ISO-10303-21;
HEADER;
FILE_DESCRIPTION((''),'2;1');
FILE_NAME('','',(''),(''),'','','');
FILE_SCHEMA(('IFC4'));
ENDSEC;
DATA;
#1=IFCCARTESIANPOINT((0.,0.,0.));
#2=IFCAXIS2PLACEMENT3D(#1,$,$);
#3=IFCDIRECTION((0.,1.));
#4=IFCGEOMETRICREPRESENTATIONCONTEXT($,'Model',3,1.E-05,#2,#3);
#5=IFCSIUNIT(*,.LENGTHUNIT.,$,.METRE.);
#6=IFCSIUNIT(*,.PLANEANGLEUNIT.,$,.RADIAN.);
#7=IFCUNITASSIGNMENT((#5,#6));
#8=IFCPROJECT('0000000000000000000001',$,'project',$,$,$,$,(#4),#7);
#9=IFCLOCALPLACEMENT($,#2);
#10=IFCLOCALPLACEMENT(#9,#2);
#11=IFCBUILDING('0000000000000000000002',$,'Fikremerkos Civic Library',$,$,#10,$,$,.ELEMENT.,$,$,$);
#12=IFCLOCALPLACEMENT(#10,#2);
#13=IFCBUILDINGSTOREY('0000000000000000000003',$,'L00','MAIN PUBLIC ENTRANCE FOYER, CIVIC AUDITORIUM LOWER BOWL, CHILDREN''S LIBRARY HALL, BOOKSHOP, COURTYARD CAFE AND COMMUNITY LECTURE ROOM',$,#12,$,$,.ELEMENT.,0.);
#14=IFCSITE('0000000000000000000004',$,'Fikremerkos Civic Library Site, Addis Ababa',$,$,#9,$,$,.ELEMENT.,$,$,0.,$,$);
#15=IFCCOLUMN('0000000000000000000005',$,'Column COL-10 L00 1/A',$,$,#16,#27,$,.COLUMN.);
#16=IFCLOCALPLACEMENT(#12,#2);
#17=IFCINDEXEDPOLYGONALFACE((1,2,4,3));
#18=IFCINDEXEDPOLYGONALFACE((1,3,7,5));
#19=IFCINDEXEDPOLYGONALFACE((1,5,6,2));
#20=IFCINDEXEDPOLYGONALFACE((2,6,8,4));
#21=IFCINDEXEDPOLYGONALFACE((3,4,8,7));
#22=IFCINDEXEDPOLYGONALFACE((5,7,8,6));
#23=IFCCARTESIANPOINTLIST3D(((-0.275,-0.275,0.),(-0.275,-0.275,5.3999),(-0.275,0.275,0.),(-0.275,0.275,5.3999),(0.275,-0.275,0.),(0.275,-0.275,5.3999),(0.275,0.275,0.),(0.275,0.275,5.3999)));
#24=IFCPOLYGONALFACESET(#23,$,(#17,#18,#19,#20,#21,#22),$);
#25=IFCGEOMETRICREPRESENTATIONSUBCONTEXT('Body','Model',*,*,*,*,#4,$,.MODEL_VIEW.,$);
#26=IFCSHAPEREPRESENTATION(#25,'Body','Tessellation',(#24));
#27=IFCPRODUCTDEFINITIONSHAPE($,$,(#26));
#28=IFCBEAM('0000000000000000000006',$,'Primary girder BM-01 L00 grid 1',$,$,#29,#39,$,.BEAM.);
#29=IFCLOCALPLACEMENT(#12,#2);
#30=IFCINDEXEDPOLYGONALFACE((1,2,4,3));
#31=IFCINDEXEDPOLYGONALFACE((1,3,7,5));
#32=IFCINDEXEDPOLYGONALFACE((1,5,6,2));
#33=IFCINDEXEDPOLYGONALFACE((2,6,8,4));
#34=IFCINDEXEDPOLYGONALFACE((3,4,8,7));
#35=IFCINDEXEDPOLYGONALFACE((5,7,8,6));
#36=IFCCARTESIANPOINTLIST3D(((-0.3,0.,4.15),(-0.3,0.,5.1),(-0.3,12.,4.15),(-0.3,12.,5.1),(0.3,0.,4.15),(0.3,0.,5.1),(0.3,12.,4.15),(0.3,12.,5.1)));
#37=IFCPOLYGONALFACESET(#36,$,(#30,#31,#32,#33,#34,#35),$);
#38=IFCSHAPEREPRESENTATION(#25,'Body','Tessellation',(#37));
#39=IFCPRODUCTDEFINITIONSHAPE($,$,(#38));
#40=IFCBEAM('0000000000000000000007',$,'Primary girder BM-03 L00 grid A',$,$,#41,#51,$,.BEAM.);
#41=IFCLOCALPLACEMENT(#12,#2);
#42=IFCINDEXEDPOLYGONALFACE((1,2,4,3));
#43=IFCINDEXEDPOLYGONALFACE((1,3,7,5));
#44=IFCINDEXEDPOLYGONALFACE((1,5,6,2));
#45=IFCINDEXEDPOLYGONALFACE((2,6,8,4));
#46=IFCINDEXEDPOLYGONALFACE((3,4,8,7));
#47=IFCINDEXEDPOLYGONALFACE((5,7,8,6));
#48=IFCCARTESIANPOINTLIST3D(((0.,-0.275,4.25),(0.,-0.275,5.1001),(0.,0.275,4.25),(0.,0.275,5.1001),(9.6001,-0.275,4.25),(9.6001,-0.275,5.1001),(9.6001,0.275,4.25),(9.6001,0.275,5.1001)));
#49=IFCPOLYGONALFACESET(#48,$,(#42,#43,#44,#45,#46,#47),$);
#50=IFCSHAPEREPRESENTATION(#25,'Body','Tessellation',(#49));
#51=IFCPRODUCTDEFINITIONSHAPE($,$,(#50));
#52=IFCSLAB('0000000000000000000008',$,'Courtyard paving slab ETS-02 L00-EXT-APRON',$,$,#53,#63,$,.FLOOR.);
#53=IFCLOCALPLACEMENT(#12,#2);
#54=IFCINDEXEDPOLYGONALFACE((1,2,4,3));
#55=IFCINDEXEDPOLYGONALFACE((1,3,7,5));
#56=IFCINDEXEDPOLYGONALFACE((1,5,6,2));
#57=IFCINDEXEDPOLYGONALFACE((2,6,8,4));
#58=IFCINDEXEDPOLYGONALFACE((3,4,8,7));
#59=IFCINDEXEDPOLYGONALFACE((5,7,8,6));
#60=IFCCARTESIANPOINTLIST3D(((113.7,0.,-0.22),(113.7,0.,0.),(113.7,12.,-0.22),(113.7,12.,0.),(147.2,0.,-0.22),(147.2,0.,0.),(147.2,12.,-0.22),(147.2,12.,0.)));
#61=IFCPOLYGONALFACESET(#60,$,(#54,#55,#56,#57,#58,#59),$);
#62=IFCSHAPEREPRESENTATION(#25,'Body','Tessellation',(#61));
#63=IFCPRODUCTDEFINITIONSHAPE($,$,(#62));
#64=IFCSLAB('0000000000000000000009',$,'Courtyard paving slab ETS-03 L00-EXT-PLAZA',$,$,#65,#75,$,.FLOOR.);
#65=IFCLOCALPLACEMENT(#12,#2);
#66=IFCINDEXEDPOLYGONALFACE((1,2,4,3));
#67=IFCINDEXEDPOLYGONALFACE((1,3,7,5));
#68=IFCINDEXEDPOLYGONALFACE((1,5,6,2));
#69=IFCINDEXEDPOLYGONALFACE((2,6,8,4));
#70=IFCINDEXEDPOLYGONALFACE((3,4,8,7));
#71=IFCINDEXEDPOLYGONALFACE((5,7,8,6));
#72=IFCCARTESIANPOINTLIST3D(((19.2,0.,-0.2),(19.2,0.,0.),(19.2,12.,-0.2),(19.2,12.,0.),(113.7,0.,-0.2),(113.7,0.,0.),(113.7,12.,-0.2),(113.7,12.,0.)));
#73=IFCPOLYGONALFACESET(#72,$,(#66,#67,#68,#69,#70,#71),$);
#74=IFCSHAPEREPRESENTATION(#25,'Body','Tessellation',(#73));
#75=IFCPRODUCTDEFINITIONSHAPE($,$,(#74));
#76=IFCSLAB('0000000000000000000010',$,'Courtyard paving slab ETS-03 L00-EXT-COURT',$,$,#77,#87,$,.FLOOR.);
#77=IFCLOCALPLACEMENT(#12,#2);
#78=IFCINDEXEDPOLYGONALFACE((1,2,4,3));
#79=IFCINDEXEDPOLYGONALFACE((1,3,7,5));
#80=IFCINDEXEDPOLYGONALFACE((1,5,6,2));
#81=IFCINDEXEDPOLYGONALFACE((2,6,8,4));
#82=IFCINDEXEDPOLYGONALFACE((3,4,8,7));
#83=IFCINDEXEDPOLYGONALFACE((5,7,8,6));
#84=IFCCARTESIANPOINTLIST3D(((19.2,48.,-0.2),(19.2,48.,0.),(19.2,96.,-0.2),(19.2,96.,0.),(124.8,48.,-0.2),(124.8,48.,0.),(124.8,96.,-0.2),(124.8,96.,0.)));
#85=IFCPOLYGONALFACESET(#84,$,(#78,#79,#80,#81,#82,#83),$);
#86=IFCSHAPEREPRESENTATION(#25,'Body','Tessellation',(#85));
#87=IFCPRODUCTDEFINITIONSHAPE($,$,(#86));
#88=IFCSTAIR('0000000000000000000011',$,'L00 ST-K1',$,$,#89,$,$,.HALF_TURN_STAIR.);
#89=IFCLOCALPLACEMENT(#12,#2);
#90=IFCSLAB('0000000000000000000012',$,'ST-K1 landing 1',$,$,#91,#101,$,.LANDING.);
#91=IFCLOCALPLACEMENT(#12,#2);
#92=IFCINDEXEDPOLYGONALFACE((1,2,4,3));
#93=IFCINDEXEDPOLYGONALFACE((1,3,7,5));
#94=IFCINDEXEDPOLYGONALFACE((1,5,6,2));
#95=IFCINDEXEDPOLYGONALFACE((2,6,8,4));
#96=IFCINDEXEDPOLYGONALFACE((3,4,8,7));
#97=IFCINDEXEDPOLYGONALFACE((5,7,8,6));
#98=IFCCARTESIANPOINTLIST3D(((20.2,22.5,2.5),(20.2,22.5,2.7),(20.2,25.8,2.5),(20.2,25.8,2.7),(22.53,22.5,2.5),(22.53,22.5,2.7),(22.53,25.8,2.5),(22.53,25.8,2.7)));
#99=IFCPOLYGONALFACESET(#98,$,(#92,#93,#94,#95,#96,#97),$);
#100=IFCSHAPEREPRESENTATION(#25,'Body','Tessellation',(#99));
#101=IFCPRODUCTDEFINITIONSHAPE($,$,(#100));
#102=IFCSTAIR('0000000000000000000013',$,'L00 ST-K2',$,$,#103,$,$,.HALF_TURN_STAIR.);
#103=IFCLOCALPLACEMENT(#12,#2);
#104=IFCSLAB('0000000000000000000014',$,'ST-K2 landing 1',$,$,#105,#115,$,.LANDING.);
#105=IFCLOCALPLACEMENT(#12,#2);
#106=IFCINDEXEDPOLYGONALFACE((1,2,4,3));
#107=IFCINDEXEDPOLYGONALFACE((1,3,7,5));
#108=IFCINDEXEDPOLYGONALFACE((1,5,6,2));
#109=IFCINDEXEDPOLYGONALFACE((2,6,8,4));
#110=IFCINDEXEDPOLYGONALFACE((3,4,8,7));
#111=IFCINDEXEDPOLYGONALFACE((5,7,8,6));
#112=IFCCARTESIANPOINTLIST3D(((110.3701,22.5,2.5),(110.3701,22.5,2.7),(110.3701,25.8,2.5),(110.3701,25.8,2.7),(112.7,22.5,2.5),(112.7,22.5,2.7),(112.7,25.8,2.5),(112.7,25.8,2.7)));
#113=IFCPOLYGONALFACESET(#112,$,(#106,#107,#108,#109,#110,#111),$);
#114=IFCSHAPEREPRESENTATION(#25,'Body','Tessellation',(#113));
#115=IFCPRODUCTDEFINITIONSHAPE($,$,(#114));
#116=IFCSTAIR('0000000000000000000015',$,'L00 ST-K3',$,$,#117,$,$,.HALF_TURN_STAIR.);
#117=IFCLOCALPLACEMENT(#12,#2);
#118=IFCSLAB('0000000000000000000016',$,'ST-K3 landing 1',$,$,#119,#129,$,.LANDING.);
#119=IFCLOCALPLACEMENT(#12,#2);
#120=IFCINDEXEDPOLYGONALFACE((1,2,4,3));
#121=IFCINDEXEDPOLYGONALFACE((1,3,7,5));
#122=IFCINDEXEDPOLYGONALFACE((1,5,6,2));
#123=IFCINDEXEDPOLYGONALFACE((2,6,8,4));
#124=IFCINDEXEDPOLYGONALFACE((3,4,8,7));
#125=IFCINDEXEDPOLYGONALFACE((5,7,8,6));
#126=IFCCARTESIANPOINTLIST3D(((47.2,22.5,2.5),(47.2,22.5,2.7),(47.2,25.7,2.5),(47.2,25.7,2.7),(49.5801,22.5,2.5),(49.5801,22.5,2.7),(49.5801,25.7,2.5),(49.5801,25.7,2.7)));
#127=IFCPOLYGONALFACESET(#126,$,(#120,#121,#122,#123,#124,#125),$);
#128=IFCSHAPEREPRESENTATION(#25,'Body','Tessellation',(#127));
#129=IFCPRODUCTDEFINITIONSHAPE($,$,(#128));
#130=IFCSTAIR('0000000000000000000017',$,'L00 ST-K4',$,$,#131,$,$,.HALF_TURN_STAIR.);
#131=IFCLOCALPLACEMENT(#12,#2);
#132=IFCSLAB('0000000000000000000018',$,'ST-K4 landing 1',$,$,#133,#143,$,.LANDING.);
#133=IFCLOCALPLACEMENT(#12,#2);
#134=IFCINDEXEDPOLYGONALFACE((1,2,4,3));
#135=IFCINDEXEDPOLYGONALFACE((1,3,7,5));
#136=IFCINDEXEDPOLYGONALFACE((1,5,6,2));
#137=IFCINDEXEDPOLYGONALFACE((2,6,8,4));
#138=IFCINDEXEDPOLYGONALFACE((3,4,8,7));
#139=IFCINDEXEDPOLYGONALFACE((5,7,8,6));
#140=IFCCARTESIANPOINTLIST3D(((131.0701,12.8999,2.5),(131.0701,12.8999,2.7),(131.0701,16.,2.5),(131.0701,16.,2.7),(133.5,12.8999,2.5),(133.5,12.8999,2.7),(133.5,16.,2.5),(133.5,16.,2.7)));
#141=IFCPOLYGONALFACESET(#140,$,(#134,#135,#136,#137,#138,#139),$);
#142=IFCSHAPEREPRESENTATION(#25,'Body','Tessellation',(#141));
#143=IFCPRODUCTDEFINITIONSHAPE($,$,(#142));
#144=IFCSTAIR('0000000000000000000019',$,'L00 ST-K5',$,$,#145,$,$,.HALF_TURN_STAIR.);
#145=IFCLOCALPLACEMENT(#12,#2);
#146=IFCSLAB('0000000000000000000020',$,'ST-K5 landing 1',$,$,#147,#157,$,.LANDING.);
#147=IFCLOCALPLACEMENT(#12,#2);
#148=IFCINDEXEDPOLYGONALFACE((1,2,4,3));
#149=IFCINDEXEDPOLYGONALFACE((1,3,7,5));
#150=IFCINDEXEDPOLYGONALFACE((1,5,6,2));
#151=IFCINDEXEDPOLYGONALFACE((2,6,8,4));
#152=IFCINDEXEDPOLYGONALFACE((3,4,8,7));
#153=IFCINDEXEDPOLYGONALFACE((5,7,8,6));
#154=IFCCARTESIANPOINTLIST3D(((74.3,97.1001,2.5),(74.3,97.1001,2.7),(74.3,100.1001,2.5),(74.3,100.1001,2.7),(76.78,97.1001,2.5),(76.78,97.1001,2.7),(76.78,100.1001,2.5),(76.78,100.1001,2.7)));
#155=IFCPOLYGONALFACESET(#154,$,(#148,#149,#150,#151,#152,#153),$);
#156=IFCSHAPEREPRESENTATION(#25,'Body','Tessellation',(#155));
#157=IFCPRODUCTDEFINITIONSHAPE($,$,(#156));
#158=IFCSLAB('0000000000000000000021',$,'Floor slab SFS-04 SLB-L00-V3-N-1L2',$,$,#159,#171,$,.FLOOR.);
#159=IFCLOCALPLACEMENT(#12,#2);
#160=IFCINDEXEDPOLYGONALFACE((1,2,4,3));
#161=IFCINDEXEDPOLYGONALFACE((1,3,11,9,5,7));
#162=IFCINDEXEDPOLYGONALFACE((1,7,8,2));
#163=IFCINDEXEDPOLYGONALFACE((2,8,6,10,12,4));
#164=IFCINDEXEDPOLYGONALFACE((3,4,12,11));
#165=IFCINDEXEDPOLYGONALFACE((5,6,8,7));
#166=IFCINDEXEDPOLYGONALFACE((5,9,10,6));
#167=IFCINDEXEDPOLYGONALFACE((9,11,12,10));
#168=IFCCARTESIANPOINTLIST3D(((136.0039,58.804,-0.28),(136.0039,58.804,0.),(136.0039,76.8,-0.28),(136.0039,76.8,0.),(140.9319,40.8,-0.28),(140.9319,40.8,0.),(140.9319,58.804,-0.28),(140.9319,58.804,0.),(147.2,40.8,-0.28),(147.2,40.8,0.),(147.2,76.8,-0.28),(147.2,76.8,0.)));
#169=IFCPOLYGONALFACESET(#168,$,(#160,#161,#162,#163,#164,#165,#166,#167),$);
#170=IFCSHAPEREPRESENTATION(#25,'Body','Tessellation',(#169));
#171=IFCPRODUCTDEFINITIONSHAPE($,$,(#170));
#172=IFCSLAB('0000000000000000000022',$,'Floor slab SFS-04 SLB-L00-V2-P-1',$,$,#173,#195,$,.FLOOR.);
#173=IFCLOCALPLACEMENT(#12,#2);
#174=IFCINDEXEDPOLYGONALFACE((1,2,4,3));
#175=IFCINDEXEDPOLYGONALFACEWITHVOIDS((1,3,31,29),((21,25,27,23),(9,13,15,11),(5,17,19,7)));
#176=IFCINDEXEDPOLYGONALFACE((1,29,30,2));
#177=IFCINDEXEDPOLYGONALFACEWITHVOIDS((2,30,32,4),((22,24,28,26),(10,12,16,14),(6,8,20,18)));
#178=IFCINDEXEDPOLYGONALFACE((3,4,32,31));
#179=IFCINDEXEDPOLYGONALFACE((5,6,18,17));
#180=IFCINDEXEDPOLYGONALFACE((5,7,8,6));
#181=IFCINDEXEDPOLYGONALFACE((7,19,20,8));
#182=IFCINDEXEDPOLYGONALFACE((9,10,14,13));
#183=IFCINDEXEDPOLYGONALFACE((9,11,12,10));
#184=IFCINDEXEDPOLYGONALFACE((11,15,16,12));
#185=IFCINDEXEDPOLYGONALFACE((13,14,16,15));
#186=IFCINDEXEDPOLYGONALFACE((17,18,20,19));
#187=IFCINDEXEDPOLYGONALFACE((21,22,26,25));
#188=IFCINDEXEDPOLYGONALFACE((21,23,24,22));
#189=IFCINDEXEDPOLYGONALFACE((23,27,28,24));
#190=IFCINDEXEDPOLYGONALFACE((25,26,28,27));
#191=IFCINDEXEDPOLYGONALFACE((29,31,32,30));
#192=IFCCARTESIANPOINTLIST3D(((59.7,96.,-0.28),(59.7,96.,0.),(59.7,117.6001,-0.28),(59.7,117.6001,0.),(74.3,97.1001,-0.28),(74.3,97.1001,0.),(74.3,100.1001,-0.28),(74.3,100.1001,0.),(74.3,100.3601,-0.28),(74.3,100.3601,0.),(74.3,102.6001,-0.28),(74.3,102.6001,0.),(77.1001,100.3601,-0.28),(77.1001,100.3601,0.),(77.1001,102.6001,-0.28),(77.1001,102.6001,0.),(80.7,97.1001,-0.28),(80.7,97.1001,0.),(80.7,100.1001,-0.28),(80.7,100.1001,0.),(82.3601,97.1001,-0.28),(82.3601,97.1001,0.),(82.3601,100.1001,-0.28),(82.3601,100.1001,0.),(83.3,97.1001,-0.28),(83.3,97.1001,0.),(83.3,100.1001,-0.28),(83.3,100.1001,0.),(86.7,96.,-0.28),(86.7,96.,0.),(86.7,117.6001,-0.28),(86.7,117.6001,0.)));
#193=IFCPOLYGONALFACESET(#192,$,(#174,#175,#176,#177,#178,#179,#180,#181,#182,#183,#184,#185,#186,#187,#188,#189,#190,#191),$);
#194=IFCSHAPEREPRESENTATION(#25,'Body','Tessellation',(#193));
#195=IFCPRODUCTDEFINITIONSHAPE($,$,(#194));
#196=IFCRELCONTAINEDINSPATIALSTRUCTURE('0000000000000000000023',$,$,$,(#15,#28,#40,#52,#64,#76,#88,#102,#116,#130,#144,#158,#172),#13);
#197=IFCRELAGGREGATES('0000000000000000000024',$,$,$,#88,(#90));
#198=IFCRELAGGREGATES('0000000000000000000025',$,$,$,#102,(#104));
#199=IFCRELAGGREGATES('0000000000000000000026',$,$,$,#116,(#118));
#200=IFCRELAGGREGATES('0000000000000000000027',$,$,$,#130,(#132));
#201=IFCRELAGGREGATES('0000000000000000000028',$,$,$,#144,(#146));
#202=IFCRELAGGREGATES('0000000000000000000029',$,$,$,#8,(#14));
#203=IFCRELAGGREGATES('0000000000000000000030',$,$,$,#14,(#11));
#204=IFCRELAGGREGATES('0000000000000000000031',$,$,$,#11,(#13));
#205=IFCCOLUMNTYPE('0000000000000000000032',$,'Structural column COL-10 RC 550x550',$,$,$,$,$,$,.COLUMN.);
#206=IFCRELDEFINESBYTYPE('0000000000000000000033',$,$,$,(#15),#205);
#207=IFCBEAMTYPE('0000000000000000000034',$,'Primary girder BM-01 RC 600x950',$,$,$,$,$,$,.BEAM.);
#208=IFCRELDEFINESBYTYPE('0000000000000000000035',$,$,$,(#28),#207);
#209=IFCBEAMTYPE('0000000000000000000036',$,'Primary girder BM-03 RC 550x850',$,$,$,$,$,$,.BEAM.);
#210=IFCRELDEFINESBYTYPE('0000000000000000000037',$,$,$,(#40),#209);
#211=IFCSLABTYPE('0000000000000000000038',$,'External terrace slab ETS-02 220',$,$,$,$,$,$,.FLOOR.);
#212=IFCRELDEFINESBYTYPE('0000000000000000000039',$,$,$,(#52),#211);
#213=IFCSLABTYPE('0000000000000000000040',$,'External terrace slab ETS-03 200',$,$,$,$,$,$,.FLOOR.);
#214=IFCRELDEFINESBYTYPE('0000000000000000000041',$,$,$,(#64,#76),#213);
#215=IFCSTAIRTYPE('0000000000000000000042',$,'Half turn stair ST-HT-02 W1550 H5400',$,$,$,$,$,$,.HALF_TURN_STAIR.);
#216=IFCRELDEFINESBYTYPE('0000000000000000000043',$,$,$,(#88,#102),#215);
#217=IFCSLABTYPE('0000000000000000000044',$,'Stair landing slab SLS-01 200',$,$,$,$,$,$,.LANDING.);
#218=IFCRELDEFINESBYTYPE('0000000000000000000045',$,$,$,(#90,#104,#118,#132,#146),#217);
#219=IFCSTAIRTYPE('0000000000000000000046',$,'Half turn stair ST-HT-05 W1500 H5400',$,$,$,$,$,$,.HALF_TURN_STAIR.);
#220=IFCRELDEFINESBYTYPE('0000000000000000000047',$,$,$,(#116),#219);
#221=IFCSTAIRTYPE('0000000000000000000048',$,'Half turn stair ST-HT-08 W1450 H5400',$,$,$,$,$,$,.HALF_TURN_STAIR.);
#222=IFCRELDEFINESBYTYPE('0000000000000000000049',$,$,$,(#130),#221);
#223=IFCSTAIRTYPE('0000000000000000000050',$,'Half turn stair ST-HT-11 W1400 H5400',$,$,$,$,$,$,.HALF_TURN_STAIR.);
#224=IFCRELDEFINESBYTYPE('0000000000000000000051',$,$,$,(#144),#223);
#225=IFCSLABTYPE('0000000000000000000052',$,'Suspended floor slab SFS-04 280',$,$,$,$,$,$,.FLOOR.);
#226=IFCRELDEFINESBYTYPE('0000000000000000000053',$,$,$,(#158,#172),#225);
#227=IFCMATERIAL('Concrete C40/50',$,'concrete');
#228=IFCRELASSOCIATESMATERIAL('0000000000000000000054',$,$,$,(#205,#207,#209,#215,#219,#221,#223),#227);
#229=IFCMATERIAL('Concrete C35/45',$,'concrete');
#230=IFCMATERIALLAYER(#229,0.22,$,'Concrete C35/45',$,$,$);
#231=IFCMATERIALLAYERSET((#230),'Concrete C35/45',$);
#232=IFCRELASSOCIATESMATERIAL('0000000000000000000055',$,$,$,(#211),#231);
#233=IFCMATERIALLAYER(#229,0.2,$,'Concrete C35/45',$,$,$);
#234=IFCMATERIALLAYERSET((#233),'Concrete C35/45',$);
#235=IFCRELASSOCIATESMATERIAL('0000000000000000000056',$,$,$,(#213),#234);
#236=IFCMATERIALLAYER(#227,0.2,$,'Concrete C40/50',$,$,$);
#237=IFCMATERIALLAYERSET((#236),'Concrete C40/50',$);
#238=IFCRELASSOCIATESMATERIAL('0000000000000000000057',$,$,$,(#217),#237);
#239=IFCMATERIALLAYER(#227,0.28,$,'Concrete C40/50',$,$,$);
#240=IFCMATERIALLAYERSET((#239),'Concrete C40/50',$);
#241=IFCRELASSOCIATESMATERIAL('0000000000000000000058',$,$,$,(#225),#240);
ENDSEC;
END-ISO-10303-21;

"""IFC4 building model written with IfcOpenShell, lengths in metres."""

from ifc_helpers import new_model, si_unit, direction, frame, origin, origin_with_axes, origin_2d, place, context, subcontext, project, spatial, polyline, rectangle, outline, extrude, material, layer, layer_set, material_profile, profile_set, type_object, element, aggregate, save


model = new_model("IFC4")

# Units and contexts
model_context = context("Model", 3, precision=1e-05, world=origin(), true_north=direction((0.0, 1.0)))
body_context = subcontext(model_context, "Body", "Model", "MODEL_VIEW")
ifc_project = project(units=[si_unit("LENGTHUNIT", "METRE"), si_unit("PLANEANGLEUNIT", "RADIAN")], contexts=[model_context])

# Site, building, storey
site_placement = place(None, origin())
site = spatial("IfcSite", under=ifc_project, at=site_placement, Name="Fikremerkos Civic Library Site, Addis Ababa", CompositionType="ELEMENT", RefElevation=0.0)
building_placement = place(site_placement, origin())
building = spatial("IfcBuilding", under=site, at=building_placement, Name="Fikremerkos Civic Library", CompositionType="ELEMENT")
storey_placement = place(building_placement, origin())
storey = spatial("IfcBuildingStorey", under=building, at=storey_placement, Name="L00", Description="MAIN PUBLIC ENTRANCE FOYER, CIVIC AUDITORIUM LOWER BOWL, CHILDREN'S LIBRARY HALL, BOOKSHOP, COURTYARD CAFE AND COMMUNITY LECTURE ROOM", CompositionType="ELEMENT", Elevation=0.0)

# Column
ifc_material_1 = material(Name="Concrete C40/50", Category="concrete")
ifc_material_profile_1 = material_profile(ifc_material_1, rectangle(XDim=0.55, YDim=0.55, at=origin_2d()), Name="RC 550x550")
ifc_profile_set_1 = profile_set([ifc_material_profile_1], Name="Concrete C40/50")
column_type = type_object("IfcColumnType", Name="Structural column COL-10 RC 550x550", PredefinedType="COLUMN", material=ifc_profile_set_1)
column_placement = place(storey_placement, origin_with_axes())
element("IfcColumn", 1, at=column_placement, inside=storey, type_object=column_type, Name="Column COL-10 L00 1/A", PredefinedType="COLUMN", context=body_context, shape_type="SweptSolid", body=[
    extrude(rectangle(XDim=0.55, YDim=0.55, at=origin_2d()), origin(), (0.0, 0.0, 1.0), 5.3999),
])

# Beams
ifc_material_profile_2 = material_profile(ifc_material_1, rectangle(XDim=0.6001, YDim=0.95, at=origin_2d()), Name="RC 600x950")
ifc_profile_set_2 = profile_set([ifc_material_profile_2], Name="Concrete C40/50")
beam_type_1 = type_object("IfcBeamType", Name="Primary girder BM-01 RC 600x950", PredefinedType="BEAM", material=ifc_profile_set_2)
beam_1_placement = place(storey_placement, frame((0.0, 0.0, 4.625), z_axis=(0.0, 1.0, 0.0), x_axis=(-1.0, 0.0, 0.0)))
element("IfcBeam", 2, at=beam_1_placement, inside=storey, type_object=beam_type_1, Name="Primary girder BM-01 L00 grid 1", PredefinedType="BEAM", context=body_context, shape_type="SweptSolid", body=[
    extrude(rectangle(XDim=0.6001, YDim=0.95, at=origin_2d()), origin(), (0.0, 0.0, 1.0), 12.0),
])
ifc_material_profile_3 = material_profile(ifc_material_1, rectangle(XDim=0.55, YDim=0.8501, at=origin_2d()), Name="RC 550x850")
ifc_profile_set_3 = profile_set([ifc_material_profile_3], Name="Concrete C40/50")
beam_type_2 = type_object("IfcBeamType", Name="Primary girder BM-03 RC 550x850", PredefinedType="BEAM", material=ifc_profile_set_3)
beam_2_placement = place(storey_placement, frame((0.0, 0.0, 4.675), z_axis=(1.0, 0.0, 0.0), x_axis=(0.0, 1.0, 0.0)))
element("IfcBeam", 3, at=beam_2_placement, inside=storey, type_object=beam_type_2, Name="Primary girder BM-03 L00 grid A", PredefinedType="BEAM", context=body_context, shape_type="SweptSolid", body=[
    extrude(rectangle(XDim=0.55, YDim=0.8501, at=origin_2d()), origin(), (0.0, 0.0, 1.0), 9.6001),
])

# Slabs
ifc_material_2 = material(Name="Concrete C35/45", Category="concrete")
ifc_layer_1 = layer(ifc_material_2, 0.22, Name="Concrete C35/45")
ifc_layer_set_1 = layer_set([ifc_layer_1], Name="Concrete C35/45")
slab_type_1 = type_object("IfcSlabType", Name="External terrace slab ETS-02 220", PredefinedType="FLOOR", material=ifc_layer_set_1)
slab_1_placement = place(storey_placement, frame((0.0, 0.0, -0.22)))
element("IfcSlab", 4, at=slab_1_placement, inside=storey, type_object=slab_type_1, Name="Courtyard paving slab ETS-02 L00-EXT-APRON", PredefinedType="FLOOR", context=body_context, shape_type="SweptSolid", body=[
    extrude(outline(polyline([(113.7, 0.0), (147.2, 0.0), (147.2, 12.0), (113.7, 12.0), (113.7, 0.0)])), origin(), (0.0, 0.0, 1.0), 0.22),
])
ifc_layer_2 = layer(ifc_material_2, 0.2, Name="Concrete C35/45")
ifc_layer_set_2 = layer_set([ifc_layer_2], Name="Concrete C35/45")
slab_type_2 = type_object("IfcSlabType", Name="External terrace slab ETS-03 200", PredefinedType="FLOOR", material=ifc_layer_set_2)
slab_2_placement = place(storey_placement, frame((0.0, 0.0, -0.2)))
element("IfcSlab", 5, at=slab_2_placement, inside=storey, type_object=slab_type_2, Name="Courtyard paving slab ETS-03 L00-EXT-PLAZA", PredefinedType="FLOOR", context=body_context, shape_type="SweptSolid", body=[
    extrude(outline(polyline([(19.2, 0.0), (113.7, 0.0), (113.7, 12.0), (19.2, 12.0), (19.2, 0.0)])), origin(), (0.0, 0.0, 1.0), 0.2),
])
slab_3_placement = place(storey_placement, frame((0.0, 0.0, -0.2)))
element("IfcSlab", 6, at=slab_3_placement, inside=storey, type_object=slab_type_2, Name="Courtyard paving slab ETS-03 L00-EXT-COURT", PredefinedType="FLOOR", context=body_context, shape_type="SweptSolid", body=[
    extrude(outline(polyline([(19.2, 48.0), (124.8, 48.0), (124.8, 96.0), (19.2, 96.0), (19.2, 48.0)])), origin(), (0.0, 0.0, 1.0), 0.2),
])

# Stairs, slabs
stair_type_1 = type_object("IfcStairType", Name="Half turn stair ST-HT-02 W1550 H5400", PredefinedType="HALF_TURN_STAIR", material=ifc_material_1)
stair_1_placement = place(storey_placement, origin())
stair_1 = element("IfcStair", 7, at=stair_1_placement, inside=storey, type_object=stair_type_1, Name="L00 ST-K1", PredefinedType="HALF_TURN_STAIR")
ifc_layer_3 = layer(ifc_material_1, 0.2, Name="Concrete C40/50")
ifc_layer_set_3 = layer_set([ifc_layer_3], Name="Concrete C40/50")
slab_type_3 = type_object("IfcSlabType", Name="Stair landing slab SLS-01 200", PredefinedType="LANDING", material=ifc_layer_set_3)
slab_4_placement = place(storey_placement, frame((0.0, 0.0, 2.5)))
slab_4 = element("IfcSlab", 8, at=slab_4_placement, type_object=slab_type_3, Name="ST-K1 landing 1", PredefinedType="LANDING", context=body_context, shape_type="SweptSolid", body=[
    extrude(outline(polyline([(22.53, 25.8), (20.2, 25.8), (20.2, 22.5), (22.53, 22.5), (22.53, 25.8)])), origin(), (0.0, 0.0, 1.0), 0.2),
])
aggregate(stair_1, [slab_4])
stair_2_placement = place(storey_placement, origin())
stair_2 = element("IfcStair", 9, at=stair_2_placement, inside=storey, type_object=stair_type_1, Name="L00 ST-K2", PredefinedType="HALF_TURN_STAIR")
slab_5_placement = place(storey_placement, frame((0.0, 0.0, 2.5)))
slab_5 = element("IfcSlab", 10, at=slab_5_placement, type_object=slab_type_3, Name="ST-K2 landing 1", PredefinedType="LANDING", context=body_context, shape_type="SweptSolid", body=[
    extrude(outline(polyline([(110.3701, 22.5), (112.7, 22.5), (112.7, 25.8), (110.3701, 25.8), (110.3701, 22.5)])), origin(), (0.0, 0.0, 1.0), 0.2),
])
aggregate(stair_2, [slab_5])
stair_type_2 = type_object("IfcStairType", Name="Half turn stair ST-HT-05 W1500 H5400", PredefinedType="HALF_TURN_STAIR", material=ifc_material_1)
stair_3_placement = place(storey_placement, origin())
stair_3 = element("IfcStair", 11, at=stair_3_placement, inside=storey, type_object=stair_type_2, Name="L00 ST-K3", PredefinedType="HALF_TURN_STAIR")
slab_6_placement = place(storey_placement, frame((0.0, 0.0, 2.5)))
slab_6 = element("IfcSlab", 12, at=slab_6_placement, type_object=slab_type_3, Name="ST-K3 landing 1", PredefinedType="LANDING", context=body_context, shape_type="SweptSolid", body=[
    extrude(outline(polyline([(49.5801, 25.7), (47.2, 25.7), (47.2, 22.5), (49.5801, 22.5), (49.5801, 25.7)])), origin(), (0.0, 0.0, 1.0), 0.2),
])
aggregate(stair_3, [slab_6])
stair_type_3 = type_object("IfcStairType", Name="Half turn stair ST-HT-08 W1450 H5400", PredefinedType="HALF_TURN_STAIR", material=ifc_material_1)
stair_4_placement = place(storey_placement, origin())
stair_4 = element("IfcStair", 13, at=stair_4_placement, inside=storey, type_object=stair_type_3, Name="L00 ST-K4", PredefinedType="HALF_TURN_STAIR")
slab_7_placement = place(storey_placement, frame((0.0, 0.0, 2.5)))
slab_7 = element("IfcSlab", 14, at=slab_7_placement, type_object=slab_type_3, Name="ST-K4 landing 1", PredefinedType="LANDING", context=body_context, shape_type="SweptSolid", body=[
    extrude(outline(polyline([(131.0701, 12.8999), (133.5, 12.8999), (133.5, 16.0), (131.0701, 16.0), (131.0701, 12.8999)])), origin(), (0.0, 0.0, 1.0), 0.2),
])
aggregate(stair_4, [slab_7])
stair_type_4 = type_object("IfcStairType", Name="Half turn stair ST-HT-11 W1400 H5400", PredefinedType="HALF_TURN_STAIR", material=ifc_material_1)
stair_5_placement = place(storey_placement, origin())
stair_5 = element("IfcStair", 15, at=stair_5_placement, inside=storey, type_object=stair_type_4, Name="L00 ST-K5", PredefinedType="HALF_TURN_STAIR")
slab_8_placement = place(storey_placement, frame((0.0, 0.0, 2.5)))
slab_8 = element("IfcSlab", 16, at=slab_8_placement, type_object=slab_type_3, Name="ST-K5 landing 1", PredefinedType="LANDING", context=body_context, shape_type="SweptSolid", body=[
    extrude(outline(polyline([(76.78, 100.1001), (74.3, 100.1001), (74.3, 97.1001), (76.78, 97.1001), (76.78, 100.1001)])), origin(), (0.0, 0.0, 1.0), 0.2),
])
aggregate(stair_5, [slab_8])

# Slabs
ifc_layer_4 = layer(ifc_material_1, 0.28, Name="Concrete C40/50")
ifc_layer_set_4 = layer_set([ifc_layer_4], Name="Concrete C40/50")
slab_type_4 = type_object("IfcSlabType", Name="Suspended floor slab SFS-04 280", PredefinedType="FLOOR", material=ifc_layer_set_4)
slab_9_placement = place(storey_placement, frame((0.0, 0.0, -0.28)))
element("IfcSlab", 17, at=slab_9_placement, inside=storey, type_object=slab_type_4, Name="Floor slab SFS-04 SLB-L00-V3-N-1L2", PredefinedType="FLOOR", context=body_context, shape_type="SweptSolid", body=[
    extrude(outline(polyline([(140.9319, 40.8), (147.2, 40.8), (147.2, 76.8), (136.0039, 76.8), (136.0039, 58.804), (140.9319, 58.804), (140.9319, 40.8)])), origin(), (0.0, 0.0, 1.0), 0.28),
])
slab_10_placement = place(storey_placement, frame((0.0, 0.0, -0.28)))
element("IfcSlab", 18, at=slab_10_placement, inside=storey, type_object=slab_type_4, Name="Floor slab SFS-04 SLB-L00-V2-P-1", PredefinedType="FLOOR", context=body_context, shape_type="SweptSolid", body=[
    extrude(outline(polyline([(59.7, 96.0), (86.7, 96.0), (86.7, 117.6001), (59.7, 117.6001), (59.7, 96.0)]), holes=[polyline([(74.3, 97.1001), (80.7, 97.1001), (80.7, 100.1001), (74.3, 100.1001), (74.3, 97.1001)]), polyline([(74.3, 100.3601), (77.1001, 100.3601), (77.1001, 102.6001), (74.3, 102.6001), (74.3, 100.3601)]), polyline([(82.3601, 97.1001), (83.3, 97.1001), (83.3, 100.1001), (82.3601, 100.1001), (82.3601, 97.1001)])]), origin(), (0.0, 0.0, 1.0), 0.28),
])

save(model, "model.ifc")
